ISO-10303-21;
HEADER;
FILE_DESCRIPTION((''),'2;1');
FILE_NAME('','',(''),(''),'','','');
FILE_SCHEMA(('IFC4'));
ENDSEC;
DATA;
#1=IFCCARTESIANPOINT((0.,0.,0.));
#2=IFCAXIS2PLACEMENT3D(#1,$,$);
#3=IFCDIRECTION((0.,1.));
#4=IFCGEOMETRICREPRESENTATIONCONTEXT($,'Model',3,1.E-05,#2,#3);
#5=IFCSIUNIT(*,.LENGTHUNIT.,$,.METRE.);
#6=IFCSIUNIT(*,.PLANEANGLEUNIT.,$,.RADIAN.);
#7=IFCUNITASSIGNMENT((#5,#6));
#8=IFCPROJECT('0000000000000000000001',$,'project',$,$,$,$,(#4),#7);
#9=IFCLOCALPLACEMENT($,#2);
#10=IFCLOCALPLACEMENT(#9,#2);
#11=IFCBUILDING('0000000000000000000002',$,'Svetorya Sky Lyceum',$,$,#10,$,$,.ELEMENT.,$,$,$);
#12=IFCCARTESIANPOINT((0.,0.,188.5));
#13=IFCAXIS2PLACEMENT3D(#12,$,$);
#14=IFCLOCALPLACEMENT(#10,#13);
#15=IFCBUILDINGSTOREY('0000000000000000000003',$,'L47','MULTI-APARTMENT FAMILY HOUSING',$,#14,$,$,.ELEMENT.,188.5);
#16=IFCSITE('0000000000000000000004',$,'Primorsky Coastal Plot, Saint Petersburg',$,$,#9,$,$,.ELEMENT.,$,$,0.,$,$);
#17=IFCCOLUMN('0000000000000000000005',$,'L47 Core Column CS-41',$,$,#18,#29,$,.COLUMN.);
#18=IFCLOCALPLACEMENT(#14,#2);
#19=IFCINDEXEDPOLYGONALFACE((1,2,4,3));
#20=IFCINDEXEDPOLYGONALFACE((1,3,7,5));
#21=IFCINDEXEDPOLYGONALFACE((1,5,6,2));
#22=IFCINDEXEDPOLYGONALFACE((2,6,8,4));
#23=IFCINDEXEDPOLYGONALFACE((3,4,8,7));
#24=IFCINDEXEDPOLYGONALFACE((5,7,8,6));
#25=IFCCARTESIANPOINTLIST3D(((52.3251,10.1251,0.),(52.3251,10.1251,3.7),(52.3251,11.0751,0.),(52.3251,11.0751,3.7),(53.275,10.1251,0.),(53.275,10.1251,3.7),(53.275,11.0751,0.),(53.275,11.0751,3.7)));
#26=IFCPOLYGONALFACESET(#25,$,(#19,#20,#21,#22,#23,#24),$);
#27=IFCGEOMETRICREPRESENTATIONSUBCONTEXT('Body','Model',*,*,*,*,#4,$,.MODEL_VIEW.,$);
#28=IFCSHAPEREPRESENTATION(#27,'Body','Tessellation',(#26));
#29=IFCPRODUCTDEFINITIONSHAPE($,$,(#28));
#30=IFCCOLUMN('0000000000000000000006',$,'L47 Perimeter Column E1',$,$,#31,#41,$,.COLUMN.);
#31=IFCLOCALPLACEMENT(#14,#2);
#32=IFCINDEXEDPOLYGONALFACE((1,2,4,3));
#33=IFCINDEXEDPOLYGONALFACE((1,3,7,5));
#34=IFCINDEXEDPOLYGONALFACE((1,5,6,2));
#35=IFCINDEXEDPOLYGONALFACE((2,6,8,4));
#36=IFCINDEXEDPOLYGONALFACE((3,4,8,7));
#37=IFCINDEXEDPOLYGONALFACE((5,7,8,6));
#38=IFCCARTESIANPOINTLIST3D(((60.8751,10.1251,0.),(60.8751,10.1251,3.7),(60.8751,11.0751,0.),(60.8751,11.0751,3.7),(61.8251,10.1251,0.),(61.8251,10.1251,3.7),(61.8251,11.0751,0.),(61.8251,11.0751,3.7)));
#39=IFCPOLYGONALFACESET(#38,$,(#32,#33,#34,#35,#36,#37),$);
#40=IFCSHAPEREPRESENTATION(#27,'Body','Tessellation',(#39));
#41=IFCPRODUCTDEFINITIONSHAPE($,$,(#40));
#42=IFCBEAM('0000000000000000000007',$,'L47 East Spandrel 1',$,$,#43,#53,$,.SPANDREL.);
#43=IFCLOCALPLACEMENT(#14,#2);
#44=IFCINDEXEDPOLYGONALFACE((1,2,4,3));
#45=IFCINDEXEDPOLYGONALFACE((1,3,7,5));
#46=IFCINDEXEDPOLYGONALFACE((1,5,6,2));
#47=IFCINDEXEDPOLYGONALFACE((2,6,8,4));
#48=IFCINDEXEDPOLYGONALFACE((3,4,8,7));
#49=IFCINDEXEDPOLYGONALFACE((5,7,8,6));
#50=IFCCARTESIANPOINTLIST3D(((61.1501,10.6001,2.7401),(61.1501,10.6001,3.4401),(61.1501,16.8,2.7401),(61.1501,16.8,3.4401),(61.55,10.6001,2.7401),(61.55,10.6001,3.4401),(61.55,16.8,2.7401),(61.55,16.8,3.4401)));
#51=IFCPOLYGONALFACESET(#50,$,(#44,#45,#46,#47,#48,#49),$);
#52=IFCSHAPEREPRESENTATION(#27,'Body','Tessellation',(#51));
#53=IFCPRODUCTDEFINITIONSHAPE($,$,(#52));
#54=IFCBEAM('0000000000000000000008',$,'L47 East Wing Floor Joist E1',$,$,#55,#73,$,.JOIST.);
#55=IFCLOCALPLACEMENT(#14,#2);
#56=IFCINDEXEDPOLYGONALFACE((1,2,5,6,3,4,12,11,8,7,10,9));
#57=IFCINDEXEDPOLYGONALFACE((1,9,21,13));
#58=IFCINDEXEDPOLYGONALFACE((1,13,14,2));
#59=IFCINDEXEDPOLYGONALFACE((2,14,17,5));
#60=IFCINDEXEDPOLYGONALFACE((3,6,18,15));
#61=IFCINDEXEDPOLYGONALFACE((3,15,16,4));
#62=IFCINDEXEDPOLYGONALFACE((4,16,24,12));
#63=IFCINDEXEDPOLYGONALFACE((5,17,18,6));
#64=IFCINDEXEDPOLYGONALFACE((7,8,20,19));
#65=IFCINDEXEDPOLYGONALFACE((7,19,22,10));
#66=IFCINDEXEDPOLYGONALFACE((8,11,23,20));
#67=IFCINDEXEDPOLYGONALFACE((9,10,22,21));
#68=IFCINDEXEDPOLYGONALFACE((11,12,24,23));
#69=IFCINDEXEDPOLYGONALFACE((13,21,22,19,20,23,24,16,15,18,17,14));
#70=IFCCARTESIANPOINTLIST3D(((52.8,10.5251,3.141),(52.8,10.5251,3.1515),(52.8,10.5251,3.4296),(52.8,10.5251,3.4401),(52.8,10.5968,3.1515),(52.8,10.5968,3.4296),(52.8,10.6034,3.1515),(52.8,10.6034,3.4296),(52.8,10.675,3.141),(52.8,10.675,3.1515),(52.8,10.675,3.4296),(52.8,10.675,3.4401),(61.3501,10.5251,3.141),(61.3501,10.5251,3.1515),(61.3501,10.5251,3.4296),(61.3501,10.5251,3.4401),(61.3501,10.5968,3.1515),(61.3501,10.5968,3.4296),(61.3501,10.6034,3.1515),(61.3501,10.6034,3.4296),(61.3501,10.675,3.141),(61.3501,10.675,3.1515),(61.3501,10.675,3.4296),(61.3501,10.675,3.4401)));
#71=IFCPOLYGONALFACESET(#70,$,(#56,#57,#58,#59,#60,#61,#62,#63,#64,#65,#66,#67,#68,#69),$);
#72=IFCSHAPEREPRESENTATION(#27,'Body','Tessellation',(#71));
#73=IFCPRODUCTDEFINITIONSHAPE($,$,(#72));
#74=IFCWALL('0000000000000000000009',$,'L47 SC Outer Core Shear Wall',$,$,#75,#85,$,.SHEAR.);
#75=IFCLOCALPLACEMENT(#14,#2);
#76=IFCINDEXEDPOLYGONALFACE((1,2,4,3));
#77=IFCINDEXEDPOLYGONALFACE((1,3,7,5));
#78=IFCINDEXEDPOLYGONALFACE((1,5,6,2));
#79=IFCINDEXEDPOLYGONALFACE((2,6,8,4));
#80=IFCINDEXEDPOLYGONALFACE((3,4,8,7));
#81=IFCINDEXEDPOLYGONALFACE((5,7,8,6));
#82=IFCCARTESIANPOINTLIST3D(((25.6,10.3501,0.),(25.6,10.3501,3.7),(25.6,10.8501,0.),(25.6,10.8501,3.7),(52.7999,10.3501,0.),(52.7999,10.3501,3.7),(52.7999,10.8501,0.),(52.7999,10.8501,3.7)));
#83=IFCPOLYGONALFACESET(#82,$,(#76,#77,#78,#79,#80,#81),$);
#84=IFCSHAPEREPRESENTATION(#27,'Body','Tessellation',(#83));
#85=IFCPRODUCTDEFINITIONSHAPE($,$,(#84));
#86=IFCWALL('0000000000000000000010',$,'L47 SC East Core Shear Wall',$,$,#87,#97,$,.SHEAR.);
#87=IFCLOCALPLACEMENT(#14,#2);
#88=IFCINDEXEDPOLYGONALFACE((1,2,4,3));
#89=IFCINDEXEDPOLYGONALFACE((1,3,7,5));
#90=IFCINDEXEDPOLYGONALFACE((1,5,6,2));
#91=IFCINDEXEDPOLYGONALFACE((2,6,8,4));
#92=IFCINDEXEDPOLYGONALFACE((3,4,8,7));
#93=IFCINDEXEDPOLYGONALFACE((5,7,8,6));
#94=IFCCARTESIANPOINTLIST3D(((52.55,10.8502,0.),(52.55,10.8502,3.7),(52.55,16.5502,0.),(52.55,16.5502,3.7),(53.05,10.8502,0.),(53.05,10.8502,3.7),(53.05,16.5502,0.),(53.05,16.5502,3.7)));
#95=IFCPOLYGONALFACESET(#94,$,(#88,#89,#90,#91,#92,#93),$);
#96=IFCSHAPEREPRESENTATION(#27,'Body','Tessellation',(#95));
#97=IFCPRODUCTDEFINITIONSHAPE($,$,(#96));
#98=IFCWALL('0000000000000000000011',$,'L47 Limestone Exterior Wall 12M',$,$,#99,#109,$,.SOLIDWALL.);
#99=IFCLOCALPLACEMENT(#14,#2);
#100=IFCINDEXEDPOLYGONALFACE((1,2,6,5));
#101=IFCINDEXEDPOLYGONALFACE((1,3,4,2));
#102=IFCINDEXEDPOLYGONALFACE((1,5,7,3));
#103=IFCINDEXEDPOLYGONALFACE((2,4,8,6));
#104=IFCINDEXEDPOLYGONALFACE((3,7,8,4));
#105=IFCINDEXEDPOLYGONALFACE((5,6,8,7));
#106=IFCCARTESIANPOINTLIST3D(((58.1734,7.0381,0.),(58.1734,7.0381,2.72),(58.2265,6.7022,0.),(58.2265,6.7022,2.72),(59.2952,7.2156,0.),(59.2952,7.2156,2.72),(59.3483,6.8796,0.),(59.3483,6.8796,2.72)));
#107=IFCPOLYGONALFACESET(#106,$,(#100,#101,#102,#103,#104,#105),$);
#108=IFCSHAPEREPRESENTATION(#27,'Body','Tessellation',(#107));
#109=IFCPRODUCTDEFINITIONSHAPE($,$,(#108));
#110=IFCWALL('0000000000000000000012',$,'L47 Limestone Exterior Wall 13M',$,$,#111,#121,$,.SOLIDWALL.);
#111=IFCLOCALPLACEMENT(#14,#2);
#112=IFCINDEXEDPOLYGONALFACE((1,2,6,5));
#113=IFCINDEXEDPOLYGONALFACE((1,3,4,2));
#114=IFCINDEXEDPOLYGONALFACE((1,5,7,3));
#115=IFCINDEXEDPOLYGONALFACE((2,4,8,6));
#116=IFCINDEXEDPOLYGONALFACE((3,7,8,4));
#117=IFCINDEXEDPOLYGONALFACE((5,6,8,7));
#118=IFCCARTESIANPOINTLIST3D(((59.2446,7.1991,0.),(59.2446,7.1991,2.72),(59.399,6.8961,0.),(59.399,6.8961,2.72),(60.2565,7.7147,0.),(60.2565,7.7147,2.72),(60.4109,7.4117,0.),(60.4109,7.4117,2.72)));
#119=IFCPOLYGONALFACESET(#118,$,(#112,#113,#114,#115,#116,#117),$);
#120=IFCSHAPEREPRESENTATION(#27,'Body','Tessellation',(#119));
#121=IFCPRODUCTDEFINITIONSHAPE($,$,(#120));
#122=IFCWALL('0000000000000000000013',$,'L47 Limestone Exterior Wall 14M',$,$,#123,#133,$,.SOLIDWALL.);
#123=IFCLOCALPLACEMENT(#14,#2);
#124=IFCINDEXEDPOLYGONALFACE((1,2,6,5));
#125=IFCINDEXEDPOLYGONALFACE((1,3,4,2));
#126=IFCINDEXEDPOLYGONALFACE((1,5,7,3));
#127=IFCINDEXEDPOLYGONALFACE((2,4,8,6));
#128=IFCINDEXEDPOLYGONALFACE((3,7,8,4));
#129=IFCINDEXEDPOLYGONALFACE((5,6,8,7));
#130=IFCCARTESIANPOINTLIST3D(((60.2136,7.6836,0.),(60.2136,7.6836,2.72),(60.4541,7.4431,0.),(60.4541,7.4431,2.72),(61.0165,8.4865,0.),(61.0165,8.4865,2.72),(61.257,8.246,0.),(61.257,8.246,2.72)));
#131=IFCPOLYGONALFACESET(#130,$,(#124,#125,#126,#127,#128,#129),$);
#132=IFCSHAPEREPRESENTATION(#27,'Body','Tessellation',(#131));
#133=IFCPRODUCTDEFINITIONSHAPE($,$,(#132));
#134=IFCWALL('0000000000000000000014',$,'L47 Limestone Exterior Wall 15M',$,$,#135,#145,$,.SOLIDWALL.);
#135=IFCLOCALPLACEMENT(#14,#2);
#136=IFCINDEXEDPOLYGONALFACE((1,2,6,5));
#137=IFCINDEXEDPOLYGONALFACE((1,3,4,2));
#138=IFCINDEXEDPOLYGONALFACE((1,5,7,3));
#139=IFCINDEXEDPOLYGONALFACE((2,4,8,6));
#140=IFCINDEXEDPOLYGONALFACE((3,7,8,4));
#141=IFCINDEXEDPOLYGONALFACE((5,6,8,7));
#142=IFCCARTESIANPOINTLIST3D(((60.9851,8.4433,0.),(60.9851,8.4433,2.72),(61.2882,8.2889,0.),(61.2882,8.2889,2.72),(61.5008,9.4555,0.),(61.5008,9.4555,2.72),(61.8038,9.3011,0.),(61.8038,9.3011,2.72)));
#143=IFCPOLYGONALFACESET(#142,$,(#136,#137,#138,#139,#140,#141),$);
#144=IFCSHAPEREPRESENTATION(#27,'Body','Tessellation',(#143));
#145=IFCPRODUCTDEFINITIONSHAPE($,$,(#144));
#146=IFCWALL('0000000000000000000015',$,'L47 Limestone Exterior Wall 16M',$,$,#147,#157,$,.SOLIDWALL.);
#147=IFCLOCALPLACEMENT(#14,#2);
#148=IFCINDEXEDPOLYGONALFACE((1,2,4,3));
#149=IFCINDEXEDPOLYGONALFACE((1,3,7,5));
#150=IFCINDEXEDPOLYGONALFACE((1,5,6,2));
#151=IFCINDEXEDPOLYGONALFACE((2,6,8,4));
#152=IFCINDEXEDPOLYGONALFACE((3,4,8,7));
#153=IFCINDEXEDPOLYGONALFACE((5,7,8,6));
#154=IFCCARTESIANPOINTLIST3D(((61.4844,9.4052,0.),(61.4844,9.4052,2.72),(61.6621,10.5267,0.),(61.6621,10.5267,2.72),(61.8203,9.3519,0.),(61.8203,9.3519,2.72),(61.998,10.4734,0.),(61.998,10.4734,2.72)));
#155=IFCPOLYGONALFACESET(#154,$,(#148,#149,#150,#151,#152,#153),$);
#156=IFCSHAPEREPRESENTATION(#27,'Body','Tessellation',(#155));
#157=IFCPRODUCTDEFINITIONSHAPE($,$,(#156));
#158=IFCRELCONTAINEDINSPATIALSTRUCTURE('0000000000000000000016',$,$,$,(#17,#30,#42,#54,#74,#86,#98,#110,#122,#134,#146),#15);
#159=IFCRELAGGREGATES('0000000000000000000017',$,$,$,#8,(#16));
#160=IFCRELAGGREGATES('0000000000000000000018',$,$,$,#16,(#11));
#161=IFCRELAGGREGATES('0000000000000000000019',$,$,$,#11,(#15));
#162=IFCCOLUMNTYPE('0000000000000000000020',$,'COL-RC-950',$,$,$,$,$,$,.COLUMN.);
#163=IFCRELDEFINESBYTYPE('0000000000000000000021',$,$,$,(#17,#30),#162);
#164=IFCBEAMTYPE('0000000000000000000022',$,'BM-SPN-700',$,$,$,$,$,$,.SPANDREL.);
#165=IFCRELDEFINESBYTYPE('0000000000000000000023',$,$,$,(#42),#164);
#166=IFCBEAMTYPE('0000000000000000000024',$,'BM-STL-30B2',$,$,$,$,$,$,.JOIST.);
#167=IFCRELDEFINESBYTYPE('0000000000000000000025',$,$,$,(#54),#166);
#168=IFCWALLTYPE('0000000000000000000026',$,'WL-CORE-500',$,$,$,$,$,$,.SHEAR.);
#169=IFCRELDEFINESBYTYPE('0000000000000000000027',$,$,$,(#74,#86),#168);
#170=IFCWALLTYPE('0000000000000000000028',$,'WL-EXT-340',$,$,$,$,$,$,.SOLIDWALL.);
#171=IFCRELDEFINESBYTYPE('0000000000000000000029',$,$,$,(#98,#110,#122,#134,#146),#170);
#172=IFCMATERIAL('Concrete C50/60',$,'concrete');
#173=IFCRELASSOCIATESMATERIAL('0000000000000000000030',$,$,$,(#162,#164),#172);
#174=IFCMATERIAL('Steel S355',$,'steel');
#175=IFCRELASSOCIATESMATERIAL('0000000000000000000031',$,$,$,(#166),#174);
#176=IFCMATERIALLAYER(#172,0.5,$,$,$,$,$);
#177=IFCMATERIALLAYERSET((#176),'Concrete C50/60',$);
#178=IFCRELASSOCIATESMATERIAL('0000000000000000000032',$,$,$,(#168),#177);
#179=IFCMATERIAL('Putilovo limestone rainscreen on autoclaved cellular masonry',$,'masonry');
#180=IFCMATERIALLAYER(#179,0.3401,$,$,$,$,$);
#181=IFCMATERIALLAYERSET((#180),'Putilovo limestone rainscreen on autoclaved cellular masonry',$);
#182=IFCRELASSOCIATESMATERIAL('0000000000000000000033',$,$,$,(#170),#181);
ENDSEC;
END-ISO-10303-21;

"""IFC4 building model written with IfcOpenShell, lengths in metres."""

from ifc_helpers import new_model, si_unit, direction, frame, frame_2d, origin, origin_2d, place, context, subcontext, project, spatial, rectangle, i_section, extrude, material, layer, layer_set, material_profile, profile_set, type_object, element, save


model = new_model("IFC4")

# Units and contexts
model_context = context("Model", 3, precision=1e-05, world=origin(), true_north=direction((0.0, 1.0)))
body_context = subcontext(model_context, "Body", "Model", "MODEL_VIEW")
ifc_project = project(units=[si_unit("LENGTHUNIT", "METRE"), si_unit("PLANEANGLEUNIT", "RADIAN")], contexts=[model_context])

# Site, building, storey
site_placement = place(None, origin())
site = spatial("IfcSite", under=ifc_project, at=site_placement, Name="Primorsky Coastal Plot, Saint Petersburg", CompositionType="ELEMENT", RefElevation=0.0)
building_placement = place(site_placement, origin())
building = spatial("IfcBuilding", under=site, at=building_placement, Name="Svetorya Sky Lyceum", CompositionType="ELEMENT")
storey_placement = place(building_placement, frame((0.0, 0.0, 188.5)))
storey = spatial("IfcBuildingStorey", under=building, at=storey_placement, Name="L47", Description="MULTI-APARTMENT FAMILY HOUSING", CompositionType="ELEMENT", Elevation=188.5)

# Columns
ifc_material_1 = material(Name="Concrete C50/60", Category="concrete")
ifc_material_profile_1 = material_profile(ifc_material_1, rectangle(XDim=0.95, YDim=0.95, at=origin_2d()), Name="RC COL 950x950")
ifc_profile_set_1 = profile_set([ifc_material_profile_1], Name="Concrete C50/60")
column_type = type_object("IfcColumnType", Name="COL-RC-950", PredefinedType="COLUMN", material=ifc_profile_set_1)
for number, where, z_axis, x_axis, name in (
    (1, (52.8, 10.6001, 0.0), (0.0, 0.0, 1.0), (1.0, 0.0, 0.0), "L47 Core Column CS-41"),
    (2, (61.3501, 10.6001, 0.0), (0.0, 0.0, 1.0), (1.0, 0.0, 0.0), "L47 Perimeter Column E1"),
):
    element("IfcColumn", number, at=place(storey_placement, frame(where, z_axis=z_axis, x_axis=x_axis)), inside=storey, type_object=column_type, Name=name, PredefinedType="COLUMN", context=body_context, shape_type="SweptSolid", body=[
        extrude(rectangle(XDim=0.95, YDim=0.95, at=origin_2d()), origin(), (0.0, 0.0, 1.0), 3.7),
    ])

# Beams
ifc_material_profile_2 = material_profile(ifc_material_1, rectangle(XDim=0.3999, YDim=0.7, at=origin_2d()), Name="RC SPANDREL 400x700")
ifc_profile_set_2 = profile_set([ifc_material_profile_2], Name="Concrete C50/60")
beam_type_1 = type_object("IfcBeamType", Name="BM-SPN-700", PredefinedType="SPANDREL", material=ifc_profile_set_2)
beam_1_placement = place(storey_placement, frame((61.3501, 10.6001, 3.0901), z_axis=(0.0, 1.0, 0.0), x_axis=(-1.0, 0.0, 0.0)))
element("IfcBeam", 3, at=beam_1_placement, inside=storey, type_object=beam_type_1, Name="L47 East Spandrel 1", PredefinedType="SPANDREL", context=body_context, shape_type="SweptSolid", body=[
    extrude(rectangle(XDim=0.3999, YDim=0.7, at=origin_2d()), origin(), (0.0, 0.0, 1.0), 6.2),
])
ifc_material_2 = material(Name="Steel S355", Category="steel")
ifc_material_profile_3 = material_profile(ifc_material_2, i_section(OverallWidth=0.1499, OverallDepth=0.2991, WebThickness=0.0066, FlangeThickness=0.0105, at=origin_2d()), Name="GOST 30B2")
ifc_profile_set_3 = profile_set([ifc_material_profile_3], Name="Steel S355")
beam_type_2 = type_object("IfcBeamType", Name="BM-STL-30B2", PredefinedType="JOIST", material=ifc_profile_set_3)
beam_2_placement = place(storey_placement, frame((52.8, 10.6001, 3.2905), z_axis=(1.0, 0.0, 0.0), x_axis=(0.0, 1.0, 0.0)))
element("IfcBeam", 4, at=beam_2_placement, inside=storey, type_object=beam_type_2, Name="L47 East Wing Floor Joist E1", PredefinedType="JOIST", context=body_context, shape_type="SweptSolid", body=[
    extrude(i_section(OverallWidth=0.1499, OverallDepth=0.2991, WebThickness=0.0066, FlangeThickness=0.0105, at=origin_2d()), origin(), (0.0, 0.0, 1.0), 8.55),
])

# Walls
ifc_layer_1 = layer(ifc_material_1, 0.5)
ifc_layer_set_1 = layer_set([ifc_layer_1], Name="Concrete C50/60")
wall_type_1 = type_object("IfcWallType", Name="WL-CORE-500", PredefinedType="SHEAR", material=ifc_layer_set_1)
wall_1_placement = place(storey_placement, frame((52.8, 10.6001, 0.0), z_axis=(0.0, 0.0, 1.0), x_axis=(-1.0, 0.0, 0.0)))
element("IfcWall", 5, at=wall_1_placement, inside=storey, type_object=wall_type_1, Name="L47 SC Outer Core Shear Wall", PredefinedType="SHEAR", context=body_context, shape_type="SweptSolid", body=[
    extrude(rectangle(XDim=27.2, YDim=0.5, at=frame_2d((13.6001, 0.0))), origin(), (0.0, 0.0, 1.0), 3.7),
])
wall_2_placement = place(storey_placement, frame((52.8, 10.8501, 0.0), z_axis=(0.0, 0.0, 1.0), x_axis=(0.0, 1.0, 0.0)))
element("IfcWall", 6, at=wall_2_placement, inside=storey, type_object=wall_type_1, Name="L47 SC East Core Shear Wall", PredefinedType="SHEAR", context=body_context, shape_type="SweptSolid", body=[
    extrude(rectangle(XDim=5.7, YDim=0.5, at=frame_2d((2.8501, 0.0))), origin(), (0.0, 0.0, 1.0), 3.7),
])
ifc_material_3 = material(Name="Putilovo limestone rainscreen on autoclaved cellular masonry", Category="masonry")
ifc_layer_2 = layer(ifc_material_3, 0.3401)
ifc_layer_set_2 = layer_set([ifc_layer_2], Name="Putilovo limestone rainscreen on autoclaved cellular masonry")
wall_type_2 = type_object("IfcWallType", Name="WL-EXT-340", PredefinedType="SOLIDWALL", material=ifc_layer_set_2)
for number, where, z_axis, x_axis, name in (
    (7, (58.2, 6.8701, 0.0), (0.0, 0.0, 1.0), (0.987714, 0.156272, 0.0), "L47 Limestone Exterior Wall 12M"),
    (8, (59.3218, 7.0476, 0.0), (0.0, 0.0, 1.0), (0.891005, 0.453993, 0.0), "L47 Limestone Exterior Wall 13M"),
):
    element("IfcWall", number, at=place(storey_placement, frame(where, z_axis=z_axis, x_axis=x_axis)), inside=storey, type_object=wall_type_2, Name=name, PredefinedType="SOLIDWALL", context=body_context, shape_type="SweptSolid", body=[
        extrude(rectangle(XDim=1.1357, YDim=0.3401, at=frame_2d((0.5679, 0.0))), origin(), (0.0, 0.0, 1.0), 2.72),
    ])
wall_3_placement = place(storey_placement, frame((60.3337, 7.5632, 0.0), z_axis=(0.0, 0.0, 1.0), x_axis=(0.707107, 0.707107, 0.0)))
element("IfcWall", 9, at=wall_3_placement, inside=storey, type_object=wall_type_2, Name="L47 Limestone Exterior Wall 14M", PredefinedType="SOLIDWALL", context=body_context, shape_type="SweptSolid", body=[
    extrude(rectangle(XDim=1.1355, YDim=0.3401, at=frame_2d((0.5679, 0.0))), origin(), (0.0, 0.0, 1.0), 2.72),
])
wall_4_placement = place(storey_placement, frame((61.1367, 8.3662, 0.0), z_axis=(0.0, 0.0, 1.0), x_axis=(0.453906, 0.891049, 0.0)))
element("IfcWall", 10, at=wall_4_placement, inside=storey, type_object=wall_type_2, Name="L47 Limestone Exterior Wall 15M", PredefinedType="SOLIDWALL", context=body_context, shape_type="SweptSolid", body=[
    extrude(rectangle(XDim=1.136, YDim=0.3401, at=frame_2d((0.5679, 0.0))), origin(), (0.0, 0.0, 1.0), 2.72),
])
wall_5_placement = place(storey_placement, frame((61.6523, 9.3784, 0.0), z_axis=(0.0, 0.0, 1.0), x_axis=(0.156515, 0.987676, 0.0)))
element("IfcWall", 11, at=wall_5_placement, inside=storey, type_object=wall_type_2, Name="L47 Limestone Exterior Wall 16M", PredefinedType="SOLIDWALL", context=body_context, shape_type="SweptSolid", body=[
    extrude(rectangle(XDim=1.1355, YDim=0.3401, at=frame_2d((0.5679, 0.0))), origin(), (0.0, 0.0, 1.0), 2.72),
])

save(model, "model.ifc")
